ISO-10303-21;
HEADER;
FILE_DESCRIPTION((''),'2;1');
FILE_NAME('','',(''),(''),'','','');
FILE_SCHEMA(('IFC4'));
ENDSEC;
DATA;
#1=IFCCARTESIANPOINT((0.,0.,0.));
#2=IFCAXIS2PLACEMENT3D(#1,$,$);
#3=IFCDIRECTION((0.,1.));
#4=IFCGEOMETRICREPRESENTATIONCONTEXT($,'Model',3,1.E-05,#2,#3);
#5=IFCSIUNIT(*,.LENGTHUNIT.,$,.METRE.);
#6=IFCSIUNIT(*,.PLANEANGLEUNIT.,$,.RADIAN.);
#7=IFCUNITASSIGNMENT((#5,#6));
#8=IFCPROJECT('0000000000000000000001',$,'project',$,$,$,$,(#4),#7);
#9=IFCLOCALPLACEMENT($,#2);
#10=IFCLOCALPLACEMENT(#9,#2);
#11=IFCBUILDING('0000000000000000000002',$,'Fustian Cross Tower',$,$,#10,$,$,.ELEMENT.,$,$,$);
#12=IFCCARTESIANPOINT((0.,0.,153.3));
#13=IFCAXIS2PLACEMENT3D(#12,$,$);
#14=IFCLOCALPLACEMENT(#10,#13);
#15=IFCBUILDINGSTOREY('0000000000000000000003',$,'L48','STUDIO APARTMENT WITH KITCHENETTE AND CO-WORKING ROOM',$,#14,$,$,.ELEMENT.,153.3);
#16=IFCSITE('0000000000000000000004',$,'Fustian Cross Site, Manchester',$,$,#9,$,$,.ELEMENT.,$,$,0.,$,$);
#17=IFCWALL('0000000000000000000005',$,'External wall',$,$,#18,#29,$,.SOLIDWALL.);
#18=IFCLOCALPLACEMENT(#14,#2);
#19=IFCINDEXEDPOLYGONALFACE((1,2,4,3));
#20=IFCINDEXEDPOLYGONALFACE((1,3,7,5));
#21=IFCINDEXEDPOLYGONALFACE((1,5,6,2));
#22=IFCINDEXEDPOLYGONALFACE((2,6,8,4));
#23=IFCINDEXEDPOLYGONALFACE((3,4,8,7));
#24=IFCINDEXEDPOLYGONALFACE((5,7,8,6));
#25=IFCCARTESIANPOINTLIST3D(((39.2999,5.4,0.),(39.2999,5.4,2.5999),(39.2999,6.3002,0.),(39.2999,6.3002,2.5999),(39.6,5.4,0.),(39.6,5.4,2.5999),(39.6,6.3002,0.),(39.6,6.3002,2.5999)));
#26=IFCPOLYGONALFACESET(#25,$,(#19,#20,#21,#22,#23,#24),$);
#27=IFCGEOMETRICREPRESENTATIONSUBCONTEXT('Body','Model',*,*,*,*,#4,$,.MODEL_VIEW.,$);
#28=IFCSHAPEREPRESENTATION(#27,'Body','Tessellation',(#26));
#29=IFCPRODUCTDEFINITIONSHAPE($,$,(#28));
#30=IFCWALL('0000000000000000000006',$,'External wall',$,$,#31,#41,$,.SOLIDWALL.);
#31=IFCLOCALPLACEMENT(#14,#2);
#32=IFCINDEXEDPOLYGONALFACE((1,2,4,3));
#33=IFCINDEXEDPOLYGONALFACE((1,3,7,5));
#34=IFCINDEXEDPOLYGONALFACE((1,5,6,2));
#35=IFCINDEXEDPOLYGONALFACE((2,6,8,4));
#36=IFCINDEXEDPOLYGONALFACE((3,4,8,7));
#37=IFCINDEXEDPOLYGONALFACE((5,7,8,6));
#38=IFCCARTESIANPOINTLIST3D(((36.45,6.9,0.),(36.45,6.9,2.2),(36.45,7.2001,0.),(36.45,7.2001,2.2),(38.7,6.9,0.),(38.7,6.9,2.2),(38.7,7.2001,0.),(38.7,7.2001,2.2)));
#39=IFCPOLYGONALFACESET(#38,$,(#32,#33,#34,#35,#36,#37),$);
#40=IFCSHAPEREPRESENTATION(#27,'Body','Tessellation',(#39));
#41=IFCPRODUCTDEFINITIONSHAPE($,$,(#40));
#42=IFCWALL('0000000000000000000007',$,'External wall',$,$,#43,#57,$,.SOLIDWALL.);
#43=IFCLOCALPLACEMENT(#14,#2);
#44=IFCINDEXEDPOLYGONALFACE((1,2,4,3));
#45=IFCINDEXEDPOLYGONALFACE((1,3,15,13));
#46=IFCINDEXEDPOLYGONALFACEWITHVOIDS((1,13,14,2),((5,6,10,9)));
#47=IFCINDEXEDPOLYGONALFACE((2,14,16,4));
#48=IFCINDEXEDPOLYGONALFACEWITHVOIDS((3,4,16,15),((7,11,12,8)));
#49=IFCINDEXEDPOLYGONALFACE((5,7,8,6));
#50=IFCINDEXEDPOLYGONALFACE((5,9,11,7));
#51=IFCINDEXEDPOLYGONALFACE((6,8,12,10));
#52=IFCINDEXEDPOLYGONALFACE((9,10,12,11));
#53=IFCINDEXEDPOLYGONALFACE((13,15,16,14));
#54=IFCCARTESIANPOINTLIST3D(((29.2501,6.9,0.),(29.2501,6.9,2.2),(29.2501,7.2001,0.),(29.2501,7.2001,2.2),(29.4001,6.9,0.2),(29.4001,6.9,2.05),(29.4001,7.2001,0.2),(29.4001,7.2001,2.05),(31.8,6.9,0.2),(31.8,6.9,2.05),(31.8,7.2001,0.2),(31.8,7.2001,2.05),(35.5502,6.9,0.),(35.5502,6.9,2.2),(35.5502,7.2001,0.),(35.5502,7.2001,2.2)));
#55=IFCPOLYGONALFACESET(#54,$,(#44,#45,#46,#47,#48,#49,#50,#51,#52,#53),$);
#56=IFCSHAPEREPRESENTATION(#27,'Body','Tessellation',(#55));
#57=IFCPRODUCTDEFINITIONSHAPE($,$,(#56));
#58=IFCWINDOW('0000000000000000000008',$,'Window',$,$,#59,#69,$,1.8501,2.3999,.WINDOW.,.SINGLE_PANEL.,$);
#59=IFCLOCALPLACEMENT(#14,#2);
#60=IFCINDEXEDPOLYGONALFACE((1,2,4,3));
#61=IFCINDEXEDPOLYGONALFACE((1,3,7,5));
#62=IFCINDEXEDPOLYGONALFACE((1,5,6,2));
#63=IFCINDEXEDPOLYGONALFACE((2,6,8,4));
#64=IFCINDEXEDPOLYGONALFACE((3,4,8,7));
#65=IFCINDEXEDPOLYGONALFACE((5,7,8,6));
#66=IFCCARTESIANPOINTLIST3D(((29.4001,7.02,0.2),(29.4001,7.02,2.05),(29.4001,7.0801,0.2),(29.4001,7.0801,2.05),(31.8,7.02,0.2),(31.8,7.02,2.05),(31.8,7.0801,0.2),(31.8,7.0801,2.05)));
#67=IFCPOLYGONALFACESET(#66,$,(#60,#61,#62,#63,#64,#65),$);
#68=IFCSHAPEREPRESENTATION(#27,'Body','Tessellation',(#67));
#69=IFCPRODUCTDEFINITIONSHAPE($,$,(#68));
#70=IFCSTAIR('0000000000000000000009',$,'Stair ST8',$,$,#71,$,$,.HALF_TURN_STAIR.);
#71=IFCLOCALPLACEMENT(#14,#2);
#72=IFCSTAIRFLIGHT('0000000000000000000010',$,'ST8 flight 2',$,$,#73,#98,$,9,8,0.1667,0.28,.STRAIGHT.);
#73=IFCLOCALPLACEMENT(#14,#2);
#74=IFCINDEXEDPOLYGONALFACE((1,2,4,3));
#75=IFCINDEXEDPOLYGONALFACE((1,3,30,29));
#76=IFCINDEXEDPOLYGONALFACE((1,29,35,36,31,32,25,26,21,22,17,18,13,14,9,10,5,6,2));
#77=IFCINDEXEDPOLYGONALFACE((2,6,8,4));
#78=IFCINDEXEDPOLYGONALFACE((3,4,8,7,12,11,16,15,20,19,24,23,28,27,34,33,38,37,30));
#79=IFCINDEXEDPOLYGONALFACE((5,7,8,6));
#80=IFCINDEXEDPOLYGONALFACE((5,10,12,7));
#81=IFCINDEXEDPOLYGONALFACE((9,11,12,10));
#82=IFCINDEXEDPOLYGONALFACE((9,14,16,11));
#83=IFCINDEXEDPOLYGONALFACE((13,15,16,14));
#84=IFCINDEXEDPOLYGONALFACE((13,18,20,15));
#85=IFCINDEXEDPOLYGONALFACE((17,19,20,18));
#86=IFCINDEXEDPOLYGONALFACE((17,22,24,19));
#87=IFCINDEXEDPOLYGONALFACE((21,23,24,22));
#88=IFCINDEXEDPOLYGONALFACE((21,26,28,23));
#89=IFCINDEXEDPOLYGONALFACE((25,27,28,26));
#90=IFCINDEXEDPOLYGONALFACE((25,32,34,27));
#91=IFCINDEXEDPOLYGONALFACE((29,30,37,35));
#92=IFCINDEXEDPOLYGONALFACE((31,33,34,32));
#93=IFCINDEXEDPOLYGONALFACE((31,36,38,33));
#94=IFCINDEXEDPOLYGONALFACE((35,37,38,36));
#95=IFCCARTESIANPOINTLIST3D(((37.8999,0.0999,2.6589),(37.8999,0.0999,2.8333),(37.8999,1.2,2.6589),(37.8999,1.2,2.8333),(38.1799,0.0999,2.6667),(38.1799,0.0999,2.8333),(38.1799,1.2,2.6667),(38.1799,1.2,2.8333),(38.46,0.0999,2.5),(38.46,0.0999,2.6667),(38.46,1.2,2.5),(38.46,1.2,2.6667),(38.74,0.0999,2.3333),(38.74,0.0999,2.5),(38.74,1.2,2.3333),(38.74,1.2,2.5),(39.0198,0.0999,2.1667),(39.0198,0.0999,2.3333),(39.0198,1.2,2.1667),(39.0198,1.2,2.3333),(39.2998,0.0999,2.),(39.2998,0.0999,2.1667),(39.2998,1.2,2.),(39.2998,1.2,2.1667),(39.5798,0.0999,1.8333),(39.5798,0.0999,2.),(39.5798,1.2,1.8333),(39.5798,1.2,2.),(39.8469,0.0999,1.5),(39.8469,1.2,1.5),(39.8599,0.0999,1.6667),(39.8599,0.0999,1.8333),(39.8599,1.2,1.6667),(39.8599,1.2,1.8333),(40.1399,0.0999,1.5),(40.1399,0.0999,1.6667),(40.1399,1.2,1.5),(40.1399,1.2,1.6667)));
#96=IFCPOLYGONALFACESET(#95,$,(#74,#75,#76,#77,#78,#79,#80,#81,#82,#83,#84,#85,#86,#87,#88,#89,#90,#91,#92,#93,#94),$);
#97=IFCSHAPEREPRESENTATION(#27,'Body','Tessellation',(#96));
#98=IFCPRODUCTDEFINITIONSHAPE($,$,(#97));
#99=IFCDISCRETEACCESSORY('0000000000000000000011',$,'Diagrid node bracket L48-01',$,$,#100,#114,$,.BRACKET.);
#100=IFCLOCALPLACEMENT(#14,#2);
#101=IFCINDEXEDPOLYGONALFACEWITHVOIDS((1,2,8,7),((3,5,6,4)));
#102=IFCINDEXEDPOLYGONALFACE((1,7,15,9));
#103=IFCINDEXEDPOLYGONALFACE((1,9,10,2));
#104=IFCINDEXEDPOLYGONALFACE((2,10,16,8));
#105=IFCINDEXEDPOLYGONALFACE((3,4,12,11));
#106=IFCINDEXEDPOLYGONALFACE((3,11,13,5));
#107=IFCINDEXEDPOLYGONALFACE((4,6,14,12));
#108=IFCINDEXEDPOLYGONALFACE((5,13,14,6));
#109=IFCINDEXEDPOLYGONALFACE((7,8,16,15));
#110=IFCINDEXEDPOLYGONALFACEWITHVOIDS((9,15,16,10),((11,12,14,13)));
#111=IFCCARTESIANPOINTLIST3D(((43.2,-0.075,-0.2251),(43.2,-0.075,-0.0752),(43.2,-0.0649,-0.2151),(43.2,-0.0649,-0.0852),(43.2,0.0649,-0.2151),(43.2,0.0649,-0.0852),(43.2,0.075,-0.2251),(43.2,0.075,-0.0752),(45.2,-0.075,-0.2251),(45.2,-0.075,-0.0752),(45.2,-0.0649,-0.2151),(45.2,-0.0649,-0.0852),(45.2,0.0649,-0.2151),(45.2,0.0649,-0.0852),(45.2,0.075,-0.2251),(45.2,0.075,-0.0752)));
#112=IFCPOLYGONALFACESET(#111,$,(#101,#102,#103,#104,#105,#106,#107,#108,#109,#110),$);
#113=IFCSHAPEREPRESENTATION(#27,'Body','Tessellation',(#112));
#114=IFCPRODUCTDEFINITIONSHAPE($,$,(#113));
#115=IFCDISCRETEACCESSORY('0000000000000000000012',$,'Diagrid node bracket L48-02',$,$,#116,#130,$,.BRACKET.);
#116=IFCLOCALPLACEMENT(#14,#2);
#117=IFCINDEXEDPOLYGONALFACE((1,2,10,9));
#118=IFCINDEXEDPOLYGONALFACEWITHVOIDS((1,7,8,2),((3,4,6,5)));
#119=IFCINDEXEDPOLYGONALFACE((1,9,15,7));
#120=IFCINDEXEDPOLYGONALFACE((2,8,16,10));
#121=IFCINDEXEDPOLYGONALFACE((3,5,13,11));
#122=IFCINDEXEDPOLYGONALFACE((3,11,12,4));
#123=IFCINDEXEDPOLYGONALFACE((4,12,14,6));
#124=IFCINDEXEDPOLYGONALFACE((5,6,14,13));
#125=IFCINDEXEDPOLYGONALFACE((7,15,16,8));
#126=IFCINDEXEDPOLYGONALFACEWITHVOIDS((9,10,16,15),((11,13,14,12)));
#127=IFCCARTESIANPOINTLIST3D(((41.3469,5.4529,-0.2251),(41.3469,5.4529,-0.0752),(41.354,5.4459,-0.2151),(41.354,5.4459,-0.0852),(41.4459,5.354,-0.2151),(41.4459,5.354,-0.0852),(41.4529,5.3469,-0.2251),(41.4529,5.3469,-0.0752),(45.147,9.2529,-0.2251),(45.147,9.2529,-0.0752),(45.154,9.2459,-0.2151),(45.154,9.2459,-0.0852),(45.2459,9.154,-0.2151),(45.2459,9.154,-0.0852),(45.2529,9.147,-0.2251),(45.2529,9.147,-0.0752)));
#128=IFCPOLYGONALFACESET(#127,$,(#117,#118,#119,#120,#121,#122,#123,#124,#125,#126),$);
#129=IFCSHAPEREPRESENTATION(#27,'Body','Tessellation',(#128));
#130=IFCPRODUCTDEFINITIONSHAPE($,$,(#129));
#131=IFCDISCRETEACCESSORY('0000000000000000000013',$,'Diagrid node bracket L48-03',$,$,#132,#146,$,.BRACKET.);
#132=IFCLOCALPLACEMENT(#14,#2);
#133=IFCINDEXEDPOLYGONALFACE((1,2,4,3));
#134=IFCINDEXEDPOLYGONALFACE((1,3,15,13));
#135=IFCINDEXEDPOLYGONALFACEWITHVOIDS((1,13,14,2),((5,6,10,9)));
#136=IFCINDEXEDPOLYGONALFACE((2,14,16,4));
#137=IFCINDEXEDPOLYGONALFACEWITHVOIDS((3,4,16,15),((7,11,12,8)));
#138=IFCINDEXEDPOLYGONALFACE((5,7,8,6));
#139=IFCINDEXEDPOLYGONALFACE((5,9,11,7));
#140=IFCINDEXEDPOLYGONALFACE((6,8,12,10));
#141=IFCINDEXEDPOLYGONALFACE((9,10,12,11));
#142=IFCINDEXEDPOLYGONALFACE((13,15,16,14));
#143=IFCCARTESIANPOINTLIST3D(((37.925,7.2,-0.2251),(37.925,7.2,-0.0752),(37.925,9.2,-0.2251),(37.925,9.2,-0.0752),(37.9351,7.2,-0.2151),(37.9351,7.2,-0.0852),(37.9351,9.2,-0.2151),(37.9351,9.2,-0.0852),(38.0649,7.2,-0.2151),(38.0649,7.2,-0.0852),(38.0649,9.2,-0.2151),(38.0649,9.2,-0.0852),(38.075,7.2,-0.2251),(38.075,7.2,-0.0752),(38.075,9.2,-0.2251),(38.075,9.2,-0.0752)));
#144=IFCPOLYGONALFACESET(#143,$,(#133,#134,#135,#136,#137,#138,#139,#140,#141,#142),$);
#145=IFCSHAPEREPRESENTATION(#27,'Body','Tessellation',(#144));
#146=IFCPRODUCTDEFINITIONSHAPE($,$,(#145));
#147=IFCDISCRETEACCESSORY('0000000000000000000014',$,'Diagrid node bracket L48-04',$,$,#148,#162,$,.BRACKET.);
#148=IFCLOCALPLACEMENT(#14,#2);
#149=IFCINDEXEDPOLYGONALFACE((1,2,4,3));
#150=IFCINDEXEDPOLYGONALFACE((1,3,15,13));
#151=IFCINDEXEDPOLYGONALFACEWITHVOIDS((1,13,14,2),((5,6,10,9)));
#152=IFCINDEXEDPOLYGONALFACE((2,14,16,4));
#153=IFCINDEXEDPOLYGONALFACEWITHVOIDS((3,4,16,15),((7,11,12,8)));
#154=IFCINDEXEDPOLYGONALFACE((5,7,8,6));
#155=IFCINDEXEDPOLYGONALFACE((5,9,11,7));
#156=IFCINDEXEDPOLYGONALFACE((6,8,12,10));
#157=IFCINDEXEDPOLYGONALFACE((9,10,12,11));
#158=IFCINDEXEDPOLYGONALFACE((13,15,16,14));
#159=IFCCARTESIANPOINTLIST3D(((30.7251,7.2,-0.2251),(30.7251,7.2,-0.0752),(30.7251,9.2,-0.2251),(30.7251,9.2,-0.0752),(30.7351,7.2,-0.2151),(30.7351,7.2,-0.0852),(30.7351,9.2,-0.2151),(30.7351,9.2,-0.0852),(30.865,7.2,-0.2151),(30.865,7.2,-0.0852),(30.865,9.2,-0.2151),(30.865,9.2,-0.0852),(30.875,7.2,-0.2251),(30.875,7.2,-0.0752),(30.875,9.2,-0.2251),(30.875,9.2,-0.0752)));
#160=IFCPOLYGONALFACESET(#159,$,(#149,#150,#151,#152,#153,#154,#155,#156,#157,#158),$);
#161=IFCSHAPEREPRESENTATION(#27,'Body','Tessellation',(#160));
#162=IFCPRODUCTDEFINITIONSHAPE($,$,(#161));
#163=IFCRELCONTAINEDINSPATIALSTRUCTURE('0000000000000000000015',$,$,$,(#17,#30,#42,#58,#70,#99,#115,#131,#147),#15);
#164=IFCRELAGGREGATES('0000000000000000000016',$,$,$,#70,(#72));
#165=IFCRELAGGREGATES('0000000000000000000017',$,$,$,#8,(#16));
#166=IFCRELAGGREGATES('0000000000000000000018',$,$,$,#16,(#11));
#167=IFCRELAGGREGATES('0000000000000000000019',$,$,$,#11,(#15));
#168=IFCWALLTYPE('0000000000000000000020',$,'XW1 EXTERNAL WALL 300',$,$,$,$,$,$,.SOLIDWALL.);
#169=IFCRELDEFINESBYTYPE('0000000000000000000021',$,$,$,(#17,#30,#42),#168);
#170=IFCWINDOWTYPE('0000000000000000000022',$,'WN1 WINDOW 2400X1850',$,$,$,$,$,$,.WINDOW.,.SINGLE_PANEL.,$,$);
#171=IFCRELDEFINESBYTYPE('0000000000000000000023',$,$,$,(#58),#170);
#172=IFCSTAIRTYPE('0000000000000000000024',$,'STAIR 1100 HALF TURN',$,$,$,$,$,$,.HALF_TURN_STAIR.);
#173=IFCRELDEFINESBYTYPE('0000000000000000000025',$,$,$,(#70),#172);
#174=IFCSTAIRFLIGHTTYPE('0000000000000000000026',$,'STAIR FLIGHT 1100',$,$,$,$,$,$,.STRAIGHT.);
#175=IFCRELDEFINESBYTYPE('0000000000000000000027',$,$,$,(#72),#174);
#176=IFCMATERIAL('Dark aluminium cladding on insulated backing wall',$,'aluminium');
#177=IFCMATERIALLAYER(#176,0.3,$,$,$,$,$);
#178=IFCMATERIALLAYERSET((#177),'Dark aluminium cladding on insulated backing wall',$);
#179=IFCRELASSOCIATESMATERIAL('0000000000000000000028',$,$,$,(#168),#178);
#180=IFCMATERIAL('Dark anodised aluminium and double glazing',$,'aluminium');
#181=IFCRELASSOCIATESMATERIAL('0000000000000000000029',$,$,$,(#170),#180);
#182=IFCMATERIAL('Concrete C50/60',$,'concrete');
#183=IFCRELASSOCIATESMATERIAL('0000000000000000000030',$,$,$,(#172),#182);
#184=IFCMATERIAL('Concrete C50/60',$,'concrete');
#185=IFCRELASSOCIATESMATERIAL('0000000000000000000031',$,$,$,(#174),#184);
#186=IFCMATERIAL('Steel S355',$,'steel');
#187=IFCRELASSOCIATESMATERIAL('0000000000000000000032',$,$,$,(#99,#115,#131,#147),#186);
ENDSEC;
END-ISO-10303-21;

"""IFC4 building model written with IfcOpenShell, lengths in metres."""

from ifc_helpers import new_model, si_unit, direction, frame, frame_2d, origin, origin_2d, place, context, subcontext, project, spatial, polyline, rectangle, hollow_rectangle, outline, extrude, material, layer, layer_set, type_object, element, fill, aggregate, save


model = new_model("IFC4")

# Units and contexts
model_context = context("Model", 3, precision=1e-05, world=origin(), true_north=direction((0.0, 1.0)))
body_context = subcontext(model_context, "Body", "Model", "MODEL_VIEW")
ifc_project = project(units=[si_unit("LENGTHUNIT", "METRE"), si_unit("PLANEANGLEUNIT", "RADIAN")], contexts=[model_context])

# Site, building, storey
site_placement = place(None, origin())
site = spatial("IfcSite", under=ifc_project, at=site_placement, Name="Fustian Cross Site, Manchester", CompositionType="ELEMENT", RefElevation=0.0)
building_placement = place(site_placement, origin())
building = spatial("IfcBuilding", under=site, at=building_placement, Name="Fustian Cross Tower", CompositionType="ELEMENT")
storey_placement = place(building_placement, frame((0.0, 0.0, 153.3)))
storey = spatial("IfcBuildingStorey", under=building, at=storey_placement, Name="L48", Description="STUDIO APARTMENT WITH KITCHENETTE AND CO-WORKING ROOM", CompositionType="ELEMENT", Elevation=153.3)

# Walls
ifc_material_1 = material(Name="Dark aluminium cladding on insulated backing wall", Category="aluminium")
ifc_layer_1 = layer(ifc_material_1, 0.3)
ifc_layer_set_1 = layer_set([ifc_layer_1], Name="Dark aluminium cladding on insulated backing wall")
wall_type_1 = type_object("IfcWallType", Name="XW1 EXTERNAL WALL 300", PredefinedType="SOLIDWALL", material=ifc_layer_set_1)
wall_1_placement = place(storey_placement, frame((39.45, 5.3999, 0.0), z_axis=(0.0, 0.0, 1.0), x_axis=(0.0, 1.0, 0.0)))
element("IfcWall", 1, at=wall_1_placement, inside=storey, type_object=wall_type_1, Name="External wall", PredefinedType="SOLIDWALL", context=body_context, shape_type="SweptSolid", body=[
    extrude(rectangle(XDim=0.9001, YDim=0.3, at=frame_2d((0.4502, 0.0))), origin(), (0.0, 0.0, 1.0), 2.5999),
])
wall_2_placement = place(storey_placement, frame((38.7, 7.05, 0.0), z_axis=(0.0, 0.0, 1.0), x_axis=(-1.0, 0.0, 0.0)))
element("IfcWall", 2, at=wall_2_placement, inside=storey, type_object=wall_type_1, Name="External wall", PredefinedType="SOLIDWALL", context=body_context, shape_type="SweptSolid", body=[
    extrude(rectangle(XDim=2.25, YDim=0.3, at=frame_2d((1.125, 0.0))), origin(), (0.0, 0.0, 1.0), 2.2),
])

# Wall, opening, window
wall_3_placement = place(storey_placement, frame((35.55, 7.05, 0.0), z_axis=(0.0, 0.0, 1.0), x_axis=(-1.0, 0.0, 0.0)))
wall_3 = element("IfcWall", 3, at=wall_3_placement, inside=storey, type_object=wall_type_1, Name="External wall", PredefinedType="SOLIDWALL", context=body_context, shape_type="SweptSolid", body=[
    extrude(rectangle(XDim=6.3, YDim=0.3, at=frame_2d((3.1499, 0.0))), origin(), (0.0, 0.0, 1.0), 2.2),
])
opening_placement = place(wall_3_placement, frame((3.75, 0.0, 0.2)))
opening = element("IfcOpeningElement", 4, at=opening_placement, cuts=wall_3, PredefinedType="OPENING", context=body_context, shape_type="SweptSolid", body=[
    extrude(rectangle(XDim=2.3999, YDim=1.8501, at=frame_2d((1.2, 0.925))), frame((0.0, 0.1599, 0.0), z_axis=(0.0, -1.0, 0.0), x_axis=(1.0, 0.0, 0.0)), (0.0, 0.0, 1.0), 0.3201),
])
ifc_material_2 = material(Name="Dark anodised aluminium and double glazing", Category="aluminium")
window_type = type_object("IfcWindowType", Name="WN1 WINDOW 2400X1850", PartitioningType="SINGLE_PANEL", PredefinedType="WINDOW", material=ifc_material_2)
window_placement = place(opening_placement, origin())
window = element("IfcWindow", 5, at=window_placement, inside=storey, type_object=window_type, Name="Window", OverallHeight=1.8501, OverallWidth=2.3999, PartitioningType="SINGLE_PANEL", PredefinedType="WINDOW", context=body_context, shape_type="SweptSolid", body=[
    extrude(rectangle(XDim=2.3999, YDim=1.8501, at=frame_2d((1.2, 0.925))), frame((0.0, 0.03, 0.0), z_axis=(0.0, -1.0, 0.0), x_axis=(1.0, 0.0, 0.0)), (0.0, 0.0, 1.0), 0.0601),
])
fill(opening, window)

# Stair, stair flight
ifc_material_3 = material(Name="Concrete C50/60", Category="concrete")
stair_type = type_object("IfcStairType", Name="STAIR 1100 HALF TURN", PredefinedType="HALF_TURN_STAIR", material=ifc_material_3)
stair_placement = place(storey_placement, origin())
stair = element("IfcStair", 6, at=stair_placement, inside=storey, type_object=stair_type, Name="Stair ST8", PredefinedType="HALF_TURN_STAIR")
ifc_material_4 = material(Name="Concrete C50/60", Category="concrete")
stair_flight_type = type_object("IfcStairFlightType", Name="STAIR FLIGHT 1100", PredefinedType="STRAIGHT", material=ifc_material_4)
stair_flight_placement = place(storey_placement, frame((40.1399, 0.6499, 1.5), z_axis=(0.0, 0.0, 1.0), x_axis=(-1.0, 0.0, 0.0)))
stair_flight = element("IfcStairFlight", 7, at=stair_flight_placement, type_object=stair_flight_type, Name="ST8 flight 2", NumberOfRisers=9, NumberOfTreads=8, PredefinedType="STRAIGHT", RiserHeight=0.1667, TreadLength=0.28, context=body_context, shape_type="SweptSolid", body=[
    extrude(outline(polyline([(0.0, 0.0), (0.0, 0.1667), (0.28, 0.1667), (0.28, 0.3333), (0.5601, 0.3333), (0.5601, 0.5), (0.8401, 0.5), (0.8401, 0.6667), (1.1201, 0.6667), (1.1201, 0.8333), (1.3999, 0.8333), (1.3999, 1.0), (1.6799, 1.0), (1.6799, 1.1667), (1.96, 1.1667), (1.96, 1.3333), (2.24, 1.3333), (2.24, 1.5), (2.24, 1.1589), (0.293, 0.0), (0.0, 0.0)])), frame((0.0, 0.55, 0.0), z_axis=(0.0, -1.0, 0.0), x_axis=(1.0, 0.0, 0.0)), (0.0, 0.0, 1.0), 1.1001),
])
aggregate(stair, [stair_flight])

# Discrete accessories
ifc_material_5 = material(Name="Steel S355", Category="steel")
discrete_accessory_1_placement = place(storey_placement, frame((45.2, 0.0, -0.1501), z_axis=(-1.0, 0.0, 0.0), x_axis=(0.0, -1.0, 0.0)))
element("IfcDiscreteAccessory", 8, at=discrete_accessory_1_placement, inside=storey, material=ifc_material_5, Name="Diagrid node bracket L48-01", PredefinedType="BRACKET", context=body_context, shape_type="SweptSolid", body=[
    extrude(hollow_rectangle(XDim=0.1499, YDim=0.1499, WallThickness=0.01, at=origin_2d()), origin(), (0.0, 0.0, 1.0), 2.0),
])
discrete_accessory_2_placement = place(storey_placement, frame((45.2, 9.2, -0.1501), z_axis=(-0.707107, -0.707107, 0.0), x_axis=(0.707107, -0.707107, 0.0)))
element("IfcDiscreteAccessory", 9, at=discrete_accessory_2_placement, inside=storey, material=ifc_material_5, Name="Diagrid node bracket L48-02", PredefinedType="BRACKET", context=body_context, shape_type="SweptSolid", body=[
    extrude(hollow_rectangle(XDim=0.1499, YDim=0.1499, WallThickness=0.01, at=origin_2d()), origin(), (0.0, 0.0, 1.0), 5.374),
])
for number, where, z_axis, x_axis, name in (
    (10, (38.0, 9.2, -0.1501), (0.0, -1.0, 0.0), (1.0, 0.0, 0.0), "Diagrid node bracket L48-03"),
    (11, (30.8, 9.2, -0.1501), (0.0, -1.0, 0.0), (1.0, 0.0, 0.0), "Diagrid node bracket L48-04"),
):
    element("IfcDiscreteAccessory", number, at=place(storey_placement, frame(where, z_axis=z_axis, x_axis=x_axis)), inside=storey, material=ifc_material_5, Name=name, PredefinedType="BRACKET", context=body_context, shape_type="SweptSolid", body=[
        extrude(hollow_rectangle(XDim=0.1499, YDim=0.1499, WallThickness=0.01, at=origin_2d()), origin(), (0.0, 0.0, 1.0), 2.0),
    ])

save(model, "model.ifc")
